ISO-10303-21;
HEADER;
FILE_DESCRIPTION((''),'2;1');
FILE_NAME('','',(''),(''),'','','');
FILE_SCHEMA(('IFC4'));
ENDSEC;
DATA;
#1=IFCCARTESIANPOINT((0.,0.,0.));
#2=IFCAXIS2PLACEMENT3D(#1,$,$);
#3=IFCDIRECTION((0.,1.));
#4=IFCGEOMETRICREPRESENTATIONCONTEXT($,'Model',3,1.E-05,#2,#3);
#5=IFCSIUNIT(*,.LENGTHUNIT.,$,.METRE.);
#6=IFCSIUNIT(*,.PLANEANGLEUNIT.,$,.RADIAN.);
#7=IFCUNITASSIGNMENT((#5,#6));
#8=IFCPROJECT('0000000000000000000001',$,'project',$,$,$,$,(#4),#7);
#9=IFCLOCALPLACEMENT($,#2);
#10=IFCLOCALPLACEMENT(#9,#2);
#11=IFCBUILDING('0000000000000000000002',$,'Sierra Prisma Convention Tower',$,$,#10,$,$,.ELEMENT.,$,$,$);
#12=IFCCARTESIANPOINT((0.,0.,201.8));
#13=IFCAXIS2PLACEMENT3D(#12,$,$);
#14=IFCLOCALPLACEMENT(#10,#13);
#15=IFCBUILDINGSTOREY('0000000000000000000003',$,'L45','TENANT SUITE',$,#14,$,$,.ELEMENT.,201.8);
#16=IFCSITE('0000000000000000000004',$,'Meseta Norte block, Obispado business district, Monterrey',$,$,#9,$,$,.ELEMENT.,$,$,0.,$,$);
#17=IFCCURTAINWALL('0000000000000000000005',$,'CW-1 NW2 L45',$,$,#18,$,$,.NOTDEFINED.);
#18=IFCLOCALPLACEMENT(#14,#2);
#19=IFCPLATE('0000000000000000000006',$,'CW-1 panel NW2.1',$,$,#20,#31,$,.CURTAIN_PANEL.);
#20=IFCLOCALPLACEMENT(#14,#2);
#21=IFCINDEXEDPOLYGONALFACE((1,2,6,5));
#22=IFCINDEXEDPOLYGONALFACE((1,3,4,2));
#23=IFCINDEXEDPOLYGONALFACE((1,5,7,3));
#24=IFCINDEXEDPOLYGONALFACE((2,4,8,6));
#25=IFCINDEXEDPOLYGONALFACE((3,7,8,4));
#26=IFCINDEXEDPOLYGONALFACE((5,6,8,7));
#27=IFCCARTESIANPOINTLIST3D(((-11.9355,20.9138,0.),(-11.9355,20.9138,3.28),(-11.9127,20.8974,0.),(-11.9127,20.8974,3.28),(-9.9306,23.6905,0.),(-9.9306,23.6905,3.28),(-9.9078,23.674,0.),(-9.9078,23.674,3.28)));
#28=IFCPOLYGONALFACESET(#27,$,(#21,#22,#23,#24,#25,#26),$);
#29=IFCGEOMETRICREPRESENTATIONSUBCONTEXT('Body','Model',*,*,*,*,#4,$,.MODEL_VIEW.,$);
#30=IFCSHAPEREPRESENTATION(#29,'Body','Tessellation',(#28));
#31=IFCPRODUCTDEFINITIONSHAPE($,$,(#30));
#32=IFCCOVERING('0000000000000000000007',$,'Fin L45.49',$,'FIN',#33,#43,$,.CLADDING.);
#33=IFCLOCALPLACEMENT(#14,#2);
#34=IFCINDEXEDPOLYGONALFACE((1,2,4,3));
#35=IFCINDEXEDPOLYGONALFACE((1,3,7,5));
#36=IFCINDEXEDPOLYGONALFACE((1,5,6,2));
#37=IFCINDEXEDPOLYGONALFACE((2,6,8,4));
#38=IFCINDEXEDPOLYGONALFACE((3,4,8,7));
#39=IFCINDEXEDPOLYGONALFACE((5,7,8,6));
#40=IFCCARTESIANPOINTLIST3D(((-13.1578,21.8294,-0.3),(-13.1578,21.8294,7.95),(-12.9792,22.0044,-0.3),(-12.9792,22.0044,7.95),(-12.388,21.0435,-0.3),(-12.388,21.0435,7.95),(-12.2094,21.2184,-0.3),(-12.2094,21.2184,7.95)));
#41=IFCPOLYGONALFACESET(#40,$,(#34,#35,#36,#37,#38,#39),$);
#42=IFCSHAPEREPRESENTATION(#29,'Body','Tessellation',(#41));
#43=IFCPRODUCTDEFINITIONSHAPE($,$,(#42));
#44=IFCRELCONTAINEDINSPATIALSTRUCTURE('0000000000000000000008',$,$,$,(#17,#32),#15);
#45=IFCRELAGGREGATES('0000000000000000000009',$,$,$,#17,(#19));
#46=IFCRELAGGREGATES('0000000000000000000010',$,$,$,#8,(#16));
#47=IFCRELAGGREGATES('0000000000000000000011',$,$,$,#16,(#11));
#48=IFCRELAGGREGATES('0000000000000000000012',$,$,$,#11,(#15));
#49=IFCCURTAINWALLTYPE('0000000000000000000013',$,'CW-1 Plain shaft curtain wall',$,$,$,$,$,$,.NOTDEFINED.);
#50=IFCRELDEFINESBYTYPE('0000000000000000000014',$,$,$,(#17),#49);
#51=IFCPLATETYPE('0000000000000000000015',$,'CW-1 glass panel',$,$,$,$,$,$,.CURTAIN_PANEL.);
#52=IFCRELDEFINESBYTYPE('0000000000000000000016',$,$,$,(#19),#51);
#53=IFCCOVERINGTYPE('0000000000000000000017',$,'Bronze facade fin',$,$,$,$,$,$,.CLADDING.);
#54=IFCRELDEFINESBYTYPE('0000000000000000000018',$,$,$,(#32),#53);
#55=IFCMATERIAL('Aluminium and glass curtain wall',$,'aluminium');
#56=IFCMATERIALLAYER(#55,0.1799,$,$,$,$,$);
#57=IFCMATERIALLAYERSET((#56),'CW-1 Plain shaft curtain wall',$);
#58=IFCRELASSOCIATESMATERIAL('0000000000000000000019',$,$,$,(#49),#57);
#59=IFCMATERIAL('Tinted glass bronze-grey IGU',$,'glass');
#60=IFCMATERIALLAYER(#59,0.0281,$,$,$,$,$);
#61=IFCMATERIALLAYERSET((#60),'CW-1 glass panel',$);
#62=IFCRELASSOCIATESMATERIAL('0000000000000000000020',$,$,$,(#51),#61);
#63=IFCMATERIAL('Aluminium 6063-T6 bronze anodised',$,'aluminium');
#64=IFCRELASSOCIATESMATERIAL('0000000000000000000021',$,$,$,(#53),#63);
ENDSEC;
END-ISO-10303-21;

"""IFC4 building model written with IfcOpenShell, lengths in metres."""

from ifc_helpers import new_model, si_unit, direction, frame, origin, origin_2d, place, context, subcontext, project, spatial, rectangle, extrude, material, layer, layer_set, material_profile, profile_set, type_object, element, aggregate, save


model = new_model("IFC4")

# Units and contexts
model_context = context("Model", 3, precision=1e-05, world=origin(), true_north=direction((0.0, 1.0)))
body_context = subcontext(model_context, "Body", "Model", "MODEL_VIEW")
ifc_project = project(units=[si_unit("LENGTHUNIT", "METRE"), si_unit("PLANEANGLEUNIT", "RADIAN")], contexts=[model_context])

# Site, building, storey
site_placement = place(None, origin())
site = spatial("IfcSite", under=ifc_project, at=site_placement, Name="Meseta Norte block, Obispado business district, Monterrey", CompositionType="ELEMENT", RefElevation=0.0)
building_placement = place(site_placement, origin())
building = spatial("IfcBuilding", under=site, at=building_placement, Name="Sierra Prisma Convention Tower", CompositionType="ELEMENT")
storey_placement = place(building_placement, frame((0.0, 0.0, 201.8)))
storey = spatial("IfcBuildingStorey", under=building, at=storey_placement, Name="L45", Description="TENANT SUITE", CompositionType="ELEMENT", Elevation=201.8)

# Shared definitions
ifc_material_1 = material(Name="Aluminium and glass curtain wall", Category="aluminium")
ifc_layer_1 = layer(ifc_material_1, 0.1799)
ifc_layer_set_1 = layer_set([ifc_layer_1], Name="CW-1 Plain shaft curtain wall")
curtain_wall_type = type_object("IfcCurtainWallType", Name="CW-1 Plain shaft curtain wall", PredefinedType="NOTDEFINED", material=ifc_layer_set_1)

# Curtain wall
curtain_wall_1_placement = place(storey_placement, origin())
curtain_wall_1 = element("IfcCurtainWall", 1, at=curtain_wall_1_placement, inside=storey, type_object=curtain_wall_type, Name="CW-1 NW2 L45", PredefinedType="NOTDEFINED")

# Shared definitions
ifc_material_2 = material(Name="Tinted glass bronze-grey IGU", Category="glass")
ifc_layer_2 = layer(ifc_material_2, 0.0281)
ifc_layer_set_2 = layer_set([ifc_layer_2], Name="CW-1 glass panel")
plate_type = type_object("IfcPlateType", Name="CW-1 glass panel", PredefinedType="CURTAIN_PANEL", material=ifc_layer_set_2)

# Plate
plate_1_placement = place(storey_placement, frame((-10.9216, 22.2939, 0.0), z_axis=(0.0, 0.0, 1.0), x_axis=(-0.585399, -0.810745, 0.0)))
plate_1 = element("IfcPlate", 2, at=plate_1_placement, type_object=plate_type, Name="CW-1 panel NW2.1", PredefinedType="CURTAIN_PANEL", context=body_context, shape_type="SweptSolid", body=[
    extrude(rectangle(XDim=3.4248, YDim=0.0281, at=origin_2d()), origin(), (0.0, 0.0, 1.0), 3.28),
])
aggregate(curtain_wall_1, [plate_1])

# Covering
ifc_material_3 = material(Name="Aluminium 6063-T6 bronze anodised", Category="aluminium")
ifc_material_profile_1 = material_profile(ifc_material_3, rectangle(XDim=1.1001, YDim=0.25, at=origin_2d()), Name="ALU FIN 1100x250")
ifc_profile_set_1 = profile_set([ifc_material_profile_1], Name="Aluminium 6063-T6 bronze anodised")
covering_type = type_object("IfcCoveringType", Name="Bronze facade fin", PredefinedType="CLADDING", material=ifc_profile_set_1)
covering_placement = place(storey_placement, frame((-12.6836, 21.5239, -0.3), z_axis=(0.0, 0.0, 1.0), x_axis=(-0.699689, 0.714448, 0.0)))
element("IfcCovering", 3, at=covering_placement, inside=storey, type_object=covering_type, Name="Fin L45.49", ObjectType="FIN", PredefinedType="CLADDING", context=body_context, shape_type="SweptSolid", body=[
    extrude(rectangle(XDim=1.1001, YDim=0.25, at=origin_2d()), origin(), (0.0, 0.0, 1.0), 8.25),
])

save(model, "model.ifc")
